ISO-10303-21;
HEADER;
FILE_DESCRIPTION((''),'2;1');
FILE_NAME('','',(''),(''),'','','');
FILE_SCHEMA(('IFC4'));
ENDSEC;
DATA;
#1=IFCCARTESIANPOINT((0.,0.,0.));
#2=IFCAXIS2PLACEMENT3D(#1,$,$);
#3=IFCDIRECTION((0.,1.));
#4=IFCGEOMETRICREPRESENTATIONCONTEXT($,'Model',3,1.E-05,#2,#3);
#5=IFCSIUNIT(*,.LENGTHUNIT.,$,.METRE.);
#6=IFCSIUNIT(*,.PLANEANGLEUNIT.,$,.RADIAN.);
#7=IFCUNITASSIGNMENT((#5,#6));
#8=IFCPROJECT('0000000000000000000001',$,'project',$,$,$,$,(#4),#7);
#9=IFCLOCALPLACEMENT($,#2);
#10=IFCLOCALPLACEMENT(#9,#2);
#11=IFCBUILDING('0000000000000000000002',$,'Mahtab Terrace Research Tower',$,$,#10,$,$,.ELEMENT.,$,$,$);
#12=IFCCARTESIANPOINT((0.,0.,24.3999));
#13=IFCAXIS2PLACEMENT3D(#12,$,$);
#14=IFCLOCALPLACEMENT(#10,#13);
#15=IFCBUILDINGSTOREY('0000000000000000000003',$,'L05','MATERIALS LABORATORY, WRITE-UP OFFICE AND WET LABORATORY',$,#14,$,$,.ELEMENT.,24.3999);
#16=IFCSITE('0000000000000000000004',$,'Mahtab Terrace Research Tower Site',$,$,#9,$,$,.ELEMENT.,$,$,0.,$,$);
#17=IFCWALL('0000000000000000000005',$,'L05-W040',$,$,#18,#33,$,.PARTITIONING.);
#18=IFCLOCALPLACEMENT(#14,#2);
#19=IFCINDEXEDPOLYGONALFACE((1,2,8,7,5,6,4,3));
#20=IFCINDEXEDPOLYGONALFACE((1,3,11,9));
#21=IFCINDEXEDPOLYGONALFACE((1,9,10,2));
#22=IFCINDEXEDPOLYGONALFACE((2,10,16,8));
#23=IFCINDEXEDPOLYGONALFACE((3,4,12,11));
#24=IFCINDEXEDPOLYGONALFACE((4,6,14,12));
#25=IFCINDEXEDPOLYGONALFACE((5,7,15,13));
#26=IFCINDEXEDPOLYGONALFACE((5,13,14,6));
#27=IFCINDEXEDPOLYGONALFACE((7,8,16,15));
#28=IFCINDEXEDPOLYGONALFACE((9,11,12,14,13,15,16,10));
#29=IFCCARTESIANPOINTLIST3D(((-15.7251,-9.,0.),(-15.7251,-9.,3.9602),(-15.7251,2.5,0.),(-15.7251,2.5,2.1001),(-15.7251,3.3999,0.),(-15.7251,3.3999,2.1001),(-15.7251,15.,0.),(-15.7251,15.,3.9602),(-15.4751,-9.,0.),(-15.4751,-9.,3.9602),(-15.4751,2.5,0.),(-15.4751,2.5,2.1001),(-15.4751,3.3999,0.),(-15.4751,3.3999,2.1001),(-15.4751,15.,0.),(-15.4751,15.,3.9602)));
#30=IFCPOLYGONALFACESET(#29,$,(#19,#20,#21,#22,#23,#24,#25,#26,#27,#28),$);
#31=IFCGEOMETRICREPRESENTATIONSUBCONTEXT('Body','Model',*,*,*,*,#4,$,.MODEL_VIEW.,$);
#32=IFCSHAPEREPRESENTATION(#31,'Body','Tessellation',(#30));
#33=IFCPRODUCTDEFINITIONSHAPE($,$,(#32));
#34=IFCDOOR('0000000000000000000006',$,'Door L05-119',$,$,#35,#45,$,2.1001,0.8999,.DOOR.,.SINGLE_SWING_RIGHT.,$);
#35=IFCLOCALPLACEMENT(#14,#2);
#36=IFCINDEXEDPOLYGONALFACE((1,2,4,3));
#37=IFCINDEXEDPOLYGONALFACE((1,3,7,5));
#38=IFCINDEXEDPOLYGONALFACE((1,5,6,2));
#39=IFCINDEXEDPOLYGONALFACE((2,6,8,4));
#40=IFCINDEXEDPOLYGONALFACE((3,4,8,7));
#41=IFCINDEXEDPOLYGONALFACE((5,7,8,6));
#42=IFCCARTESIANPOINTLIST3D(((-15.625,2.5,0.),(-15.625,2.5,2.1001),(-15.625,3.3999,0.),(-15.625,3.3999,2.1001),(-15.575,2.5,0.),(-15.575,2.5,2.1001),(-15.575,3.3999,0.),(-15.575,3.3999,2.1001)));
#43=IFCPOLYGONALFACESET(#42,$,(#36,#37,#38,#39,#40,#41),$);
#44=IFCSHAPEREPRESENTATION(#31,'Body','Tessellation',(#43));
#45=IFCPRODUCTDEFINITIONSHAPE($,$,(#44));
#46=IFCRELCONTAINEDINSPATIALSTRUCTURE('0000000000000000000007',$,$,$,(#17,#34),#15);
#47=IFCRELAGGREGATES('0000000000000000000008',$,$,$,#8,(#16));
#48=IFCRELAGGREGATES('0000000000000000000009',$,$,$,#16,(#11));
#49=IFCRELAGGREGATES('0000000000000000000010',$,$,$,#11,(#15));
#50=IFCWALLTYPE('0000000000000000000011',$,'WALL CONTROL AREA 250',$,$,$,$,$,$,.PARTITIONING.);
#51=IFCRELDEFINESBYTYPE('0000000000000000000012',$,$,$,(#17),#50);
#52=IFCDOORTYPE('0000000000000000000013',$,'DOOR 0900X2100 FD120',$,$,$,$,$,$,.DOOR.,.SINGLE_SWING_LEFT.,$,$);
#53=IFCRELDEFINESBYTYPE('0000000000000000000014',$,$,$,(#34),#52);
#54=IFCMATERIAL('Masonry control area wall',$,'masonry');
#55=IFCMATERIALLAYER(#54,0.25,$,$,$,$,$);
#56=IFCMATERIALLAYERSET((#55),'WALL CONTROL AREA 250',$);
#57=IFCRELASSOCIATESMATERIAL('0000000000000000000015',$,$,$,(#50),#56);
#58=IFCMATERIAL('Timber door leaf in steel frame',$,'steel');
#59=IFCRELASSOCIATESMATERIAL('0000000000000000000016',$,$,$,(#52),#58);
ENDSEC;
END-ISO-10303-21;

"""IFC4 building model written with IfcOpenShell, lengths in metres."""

from ifc_helpers import new_model, si_unit, direction, frame, frame_2d, origin, place, context, subcontext, project, spatial, rectangle, extrude, material, layer, layer_set, type_object, element, fill, save


model = new_model("IFC4")

# Units and contexts
model_context = context("Model", 3, precision=1e-05, world=origin(), true_north=direction((0.0, 1.0)))
body_context = subcontext(model_context, "Body", "Model", "MODEL_VIEW")
ifc_project = project(units=[si_unit("LENGTHUNIT", "METRE"), si_unit("PLANEANGLEUNIT", "RADIAN")], contexts=[model_context])

# Site, building, storey
site_placement = place(None, origin())
site = spatial("IfcSite", under=ifc_project, at=site_placement, Name="Mahtab Terrace Research Tower Site", CompositionType="ELEMENT", RefElevation=0.0)
building_placement = place(site_placement, origin())
building = spatial("IfcBuilding", under=site, at=building_placement, Name="Mahtab Terrace Research Tower", CompositionType="ELEMENT")
storey_placement = place(building_placement, frame((0.0, 0.0, 24.3999)))
storey = spatial("IfcBuildingStorey", under=building, at=storey_placement, Name="L05", Description="MATERIALS LABORATORY, WRITE-UP OFFICE AND WET LABORATORY", CompositionType="ELEMENT", Elevation=24.3999)

# Shared definitions
ifc_material_1 = material(Name="Masonry control area wall", Category="masonry")
ifc_layer_1 = layer(ifc_material_1, 0.25)
ifc_layer_set_1 = layer_set([ifc_layer_1], Name="WALL CONTROL AREA 250")
wall_type_1 = type_object("IfcWallType", Name="WALL CONTROL AREA 250", PredefinedType="PARTITIONING", material=ifc_layer_set_1)

# Wall, opening, door
wall_1_placement = place(storey_placement, frame((-15.6001, -9.0, 0.0), z_axis=(0.0, 0.0, 1.0), x_axis=(0.0, 1.0, 0.0)))
wall_1 = element("IfcWall", 1, at=wall_1_placement, inside=storey, type_object=wall_type_1, Name="L05-W040", PredefinedType="PARTITIONING", context=body_context, shape_type="SweptSolid", body=[
    extrude(rectangle(XDim=24.0, YDim=0.25, at=frame_2d((12.0, 0.0))), origin(), (0.0, 0.0, 1.0), 3.9602),
])
opening_1_placement = place(wall_1_placement, frame((11.5, 0.0, 0.0)))
opening_1 = element("IfcOpeningElement", 2, at=opening_1_placement, cuts=wall_1, PredefinedType="OPENING", context=body_context, shape_type="SweptSolid", body=[
    extrude(rectangle(XDim=0.8999, YDim=2.1001, at=frame_2d((0.45, 1.05))), frame((0.0, 0.135, 0.0), z_axis=(0.0, -1.0, 0.0), x_axis=(1.0, 0.0, 0.0)), (0.0, 0.0, 1.0), 0.27),
])
ifc_material_2 = material(Name="Timber door leaf in steel frame", Category="steel")
door_type_1 = type_object("IfcDoorType", Name="DOOR 0900X2100 FD120", OperationType="SINGLE_SWING_LEFT", PredefinedType="DOOR", material=ifc_material_2)
door_1_placement = place(opening_1_placement, origin())
door_1 = element("IfcDoor", 3, at=door_1_placement, inside=storey, type_object=door_type_1, Name="Door L05-119", OperationType="SINGLE_SWING_RIGHT", OverallHeight=2.1001, OverallWidth=0.8999, PredefinedType="DOOR", context=body_context, shape_type="SweptSolid", body=[
    extrude(rectangle(XDim=0.8999, YDim=2.1001, at=frame_2d((0.45, 1.05))), frame((0.0, 0.0249, 0.0), z_axis=(0.0, -1.0, 0.0), x_axis=(1.0, 0.0, 0.0)), (0.0, 0.0, 1.0), 0.05),
])
fill(opening_1, door_1)

save(model, "model.ifc")
